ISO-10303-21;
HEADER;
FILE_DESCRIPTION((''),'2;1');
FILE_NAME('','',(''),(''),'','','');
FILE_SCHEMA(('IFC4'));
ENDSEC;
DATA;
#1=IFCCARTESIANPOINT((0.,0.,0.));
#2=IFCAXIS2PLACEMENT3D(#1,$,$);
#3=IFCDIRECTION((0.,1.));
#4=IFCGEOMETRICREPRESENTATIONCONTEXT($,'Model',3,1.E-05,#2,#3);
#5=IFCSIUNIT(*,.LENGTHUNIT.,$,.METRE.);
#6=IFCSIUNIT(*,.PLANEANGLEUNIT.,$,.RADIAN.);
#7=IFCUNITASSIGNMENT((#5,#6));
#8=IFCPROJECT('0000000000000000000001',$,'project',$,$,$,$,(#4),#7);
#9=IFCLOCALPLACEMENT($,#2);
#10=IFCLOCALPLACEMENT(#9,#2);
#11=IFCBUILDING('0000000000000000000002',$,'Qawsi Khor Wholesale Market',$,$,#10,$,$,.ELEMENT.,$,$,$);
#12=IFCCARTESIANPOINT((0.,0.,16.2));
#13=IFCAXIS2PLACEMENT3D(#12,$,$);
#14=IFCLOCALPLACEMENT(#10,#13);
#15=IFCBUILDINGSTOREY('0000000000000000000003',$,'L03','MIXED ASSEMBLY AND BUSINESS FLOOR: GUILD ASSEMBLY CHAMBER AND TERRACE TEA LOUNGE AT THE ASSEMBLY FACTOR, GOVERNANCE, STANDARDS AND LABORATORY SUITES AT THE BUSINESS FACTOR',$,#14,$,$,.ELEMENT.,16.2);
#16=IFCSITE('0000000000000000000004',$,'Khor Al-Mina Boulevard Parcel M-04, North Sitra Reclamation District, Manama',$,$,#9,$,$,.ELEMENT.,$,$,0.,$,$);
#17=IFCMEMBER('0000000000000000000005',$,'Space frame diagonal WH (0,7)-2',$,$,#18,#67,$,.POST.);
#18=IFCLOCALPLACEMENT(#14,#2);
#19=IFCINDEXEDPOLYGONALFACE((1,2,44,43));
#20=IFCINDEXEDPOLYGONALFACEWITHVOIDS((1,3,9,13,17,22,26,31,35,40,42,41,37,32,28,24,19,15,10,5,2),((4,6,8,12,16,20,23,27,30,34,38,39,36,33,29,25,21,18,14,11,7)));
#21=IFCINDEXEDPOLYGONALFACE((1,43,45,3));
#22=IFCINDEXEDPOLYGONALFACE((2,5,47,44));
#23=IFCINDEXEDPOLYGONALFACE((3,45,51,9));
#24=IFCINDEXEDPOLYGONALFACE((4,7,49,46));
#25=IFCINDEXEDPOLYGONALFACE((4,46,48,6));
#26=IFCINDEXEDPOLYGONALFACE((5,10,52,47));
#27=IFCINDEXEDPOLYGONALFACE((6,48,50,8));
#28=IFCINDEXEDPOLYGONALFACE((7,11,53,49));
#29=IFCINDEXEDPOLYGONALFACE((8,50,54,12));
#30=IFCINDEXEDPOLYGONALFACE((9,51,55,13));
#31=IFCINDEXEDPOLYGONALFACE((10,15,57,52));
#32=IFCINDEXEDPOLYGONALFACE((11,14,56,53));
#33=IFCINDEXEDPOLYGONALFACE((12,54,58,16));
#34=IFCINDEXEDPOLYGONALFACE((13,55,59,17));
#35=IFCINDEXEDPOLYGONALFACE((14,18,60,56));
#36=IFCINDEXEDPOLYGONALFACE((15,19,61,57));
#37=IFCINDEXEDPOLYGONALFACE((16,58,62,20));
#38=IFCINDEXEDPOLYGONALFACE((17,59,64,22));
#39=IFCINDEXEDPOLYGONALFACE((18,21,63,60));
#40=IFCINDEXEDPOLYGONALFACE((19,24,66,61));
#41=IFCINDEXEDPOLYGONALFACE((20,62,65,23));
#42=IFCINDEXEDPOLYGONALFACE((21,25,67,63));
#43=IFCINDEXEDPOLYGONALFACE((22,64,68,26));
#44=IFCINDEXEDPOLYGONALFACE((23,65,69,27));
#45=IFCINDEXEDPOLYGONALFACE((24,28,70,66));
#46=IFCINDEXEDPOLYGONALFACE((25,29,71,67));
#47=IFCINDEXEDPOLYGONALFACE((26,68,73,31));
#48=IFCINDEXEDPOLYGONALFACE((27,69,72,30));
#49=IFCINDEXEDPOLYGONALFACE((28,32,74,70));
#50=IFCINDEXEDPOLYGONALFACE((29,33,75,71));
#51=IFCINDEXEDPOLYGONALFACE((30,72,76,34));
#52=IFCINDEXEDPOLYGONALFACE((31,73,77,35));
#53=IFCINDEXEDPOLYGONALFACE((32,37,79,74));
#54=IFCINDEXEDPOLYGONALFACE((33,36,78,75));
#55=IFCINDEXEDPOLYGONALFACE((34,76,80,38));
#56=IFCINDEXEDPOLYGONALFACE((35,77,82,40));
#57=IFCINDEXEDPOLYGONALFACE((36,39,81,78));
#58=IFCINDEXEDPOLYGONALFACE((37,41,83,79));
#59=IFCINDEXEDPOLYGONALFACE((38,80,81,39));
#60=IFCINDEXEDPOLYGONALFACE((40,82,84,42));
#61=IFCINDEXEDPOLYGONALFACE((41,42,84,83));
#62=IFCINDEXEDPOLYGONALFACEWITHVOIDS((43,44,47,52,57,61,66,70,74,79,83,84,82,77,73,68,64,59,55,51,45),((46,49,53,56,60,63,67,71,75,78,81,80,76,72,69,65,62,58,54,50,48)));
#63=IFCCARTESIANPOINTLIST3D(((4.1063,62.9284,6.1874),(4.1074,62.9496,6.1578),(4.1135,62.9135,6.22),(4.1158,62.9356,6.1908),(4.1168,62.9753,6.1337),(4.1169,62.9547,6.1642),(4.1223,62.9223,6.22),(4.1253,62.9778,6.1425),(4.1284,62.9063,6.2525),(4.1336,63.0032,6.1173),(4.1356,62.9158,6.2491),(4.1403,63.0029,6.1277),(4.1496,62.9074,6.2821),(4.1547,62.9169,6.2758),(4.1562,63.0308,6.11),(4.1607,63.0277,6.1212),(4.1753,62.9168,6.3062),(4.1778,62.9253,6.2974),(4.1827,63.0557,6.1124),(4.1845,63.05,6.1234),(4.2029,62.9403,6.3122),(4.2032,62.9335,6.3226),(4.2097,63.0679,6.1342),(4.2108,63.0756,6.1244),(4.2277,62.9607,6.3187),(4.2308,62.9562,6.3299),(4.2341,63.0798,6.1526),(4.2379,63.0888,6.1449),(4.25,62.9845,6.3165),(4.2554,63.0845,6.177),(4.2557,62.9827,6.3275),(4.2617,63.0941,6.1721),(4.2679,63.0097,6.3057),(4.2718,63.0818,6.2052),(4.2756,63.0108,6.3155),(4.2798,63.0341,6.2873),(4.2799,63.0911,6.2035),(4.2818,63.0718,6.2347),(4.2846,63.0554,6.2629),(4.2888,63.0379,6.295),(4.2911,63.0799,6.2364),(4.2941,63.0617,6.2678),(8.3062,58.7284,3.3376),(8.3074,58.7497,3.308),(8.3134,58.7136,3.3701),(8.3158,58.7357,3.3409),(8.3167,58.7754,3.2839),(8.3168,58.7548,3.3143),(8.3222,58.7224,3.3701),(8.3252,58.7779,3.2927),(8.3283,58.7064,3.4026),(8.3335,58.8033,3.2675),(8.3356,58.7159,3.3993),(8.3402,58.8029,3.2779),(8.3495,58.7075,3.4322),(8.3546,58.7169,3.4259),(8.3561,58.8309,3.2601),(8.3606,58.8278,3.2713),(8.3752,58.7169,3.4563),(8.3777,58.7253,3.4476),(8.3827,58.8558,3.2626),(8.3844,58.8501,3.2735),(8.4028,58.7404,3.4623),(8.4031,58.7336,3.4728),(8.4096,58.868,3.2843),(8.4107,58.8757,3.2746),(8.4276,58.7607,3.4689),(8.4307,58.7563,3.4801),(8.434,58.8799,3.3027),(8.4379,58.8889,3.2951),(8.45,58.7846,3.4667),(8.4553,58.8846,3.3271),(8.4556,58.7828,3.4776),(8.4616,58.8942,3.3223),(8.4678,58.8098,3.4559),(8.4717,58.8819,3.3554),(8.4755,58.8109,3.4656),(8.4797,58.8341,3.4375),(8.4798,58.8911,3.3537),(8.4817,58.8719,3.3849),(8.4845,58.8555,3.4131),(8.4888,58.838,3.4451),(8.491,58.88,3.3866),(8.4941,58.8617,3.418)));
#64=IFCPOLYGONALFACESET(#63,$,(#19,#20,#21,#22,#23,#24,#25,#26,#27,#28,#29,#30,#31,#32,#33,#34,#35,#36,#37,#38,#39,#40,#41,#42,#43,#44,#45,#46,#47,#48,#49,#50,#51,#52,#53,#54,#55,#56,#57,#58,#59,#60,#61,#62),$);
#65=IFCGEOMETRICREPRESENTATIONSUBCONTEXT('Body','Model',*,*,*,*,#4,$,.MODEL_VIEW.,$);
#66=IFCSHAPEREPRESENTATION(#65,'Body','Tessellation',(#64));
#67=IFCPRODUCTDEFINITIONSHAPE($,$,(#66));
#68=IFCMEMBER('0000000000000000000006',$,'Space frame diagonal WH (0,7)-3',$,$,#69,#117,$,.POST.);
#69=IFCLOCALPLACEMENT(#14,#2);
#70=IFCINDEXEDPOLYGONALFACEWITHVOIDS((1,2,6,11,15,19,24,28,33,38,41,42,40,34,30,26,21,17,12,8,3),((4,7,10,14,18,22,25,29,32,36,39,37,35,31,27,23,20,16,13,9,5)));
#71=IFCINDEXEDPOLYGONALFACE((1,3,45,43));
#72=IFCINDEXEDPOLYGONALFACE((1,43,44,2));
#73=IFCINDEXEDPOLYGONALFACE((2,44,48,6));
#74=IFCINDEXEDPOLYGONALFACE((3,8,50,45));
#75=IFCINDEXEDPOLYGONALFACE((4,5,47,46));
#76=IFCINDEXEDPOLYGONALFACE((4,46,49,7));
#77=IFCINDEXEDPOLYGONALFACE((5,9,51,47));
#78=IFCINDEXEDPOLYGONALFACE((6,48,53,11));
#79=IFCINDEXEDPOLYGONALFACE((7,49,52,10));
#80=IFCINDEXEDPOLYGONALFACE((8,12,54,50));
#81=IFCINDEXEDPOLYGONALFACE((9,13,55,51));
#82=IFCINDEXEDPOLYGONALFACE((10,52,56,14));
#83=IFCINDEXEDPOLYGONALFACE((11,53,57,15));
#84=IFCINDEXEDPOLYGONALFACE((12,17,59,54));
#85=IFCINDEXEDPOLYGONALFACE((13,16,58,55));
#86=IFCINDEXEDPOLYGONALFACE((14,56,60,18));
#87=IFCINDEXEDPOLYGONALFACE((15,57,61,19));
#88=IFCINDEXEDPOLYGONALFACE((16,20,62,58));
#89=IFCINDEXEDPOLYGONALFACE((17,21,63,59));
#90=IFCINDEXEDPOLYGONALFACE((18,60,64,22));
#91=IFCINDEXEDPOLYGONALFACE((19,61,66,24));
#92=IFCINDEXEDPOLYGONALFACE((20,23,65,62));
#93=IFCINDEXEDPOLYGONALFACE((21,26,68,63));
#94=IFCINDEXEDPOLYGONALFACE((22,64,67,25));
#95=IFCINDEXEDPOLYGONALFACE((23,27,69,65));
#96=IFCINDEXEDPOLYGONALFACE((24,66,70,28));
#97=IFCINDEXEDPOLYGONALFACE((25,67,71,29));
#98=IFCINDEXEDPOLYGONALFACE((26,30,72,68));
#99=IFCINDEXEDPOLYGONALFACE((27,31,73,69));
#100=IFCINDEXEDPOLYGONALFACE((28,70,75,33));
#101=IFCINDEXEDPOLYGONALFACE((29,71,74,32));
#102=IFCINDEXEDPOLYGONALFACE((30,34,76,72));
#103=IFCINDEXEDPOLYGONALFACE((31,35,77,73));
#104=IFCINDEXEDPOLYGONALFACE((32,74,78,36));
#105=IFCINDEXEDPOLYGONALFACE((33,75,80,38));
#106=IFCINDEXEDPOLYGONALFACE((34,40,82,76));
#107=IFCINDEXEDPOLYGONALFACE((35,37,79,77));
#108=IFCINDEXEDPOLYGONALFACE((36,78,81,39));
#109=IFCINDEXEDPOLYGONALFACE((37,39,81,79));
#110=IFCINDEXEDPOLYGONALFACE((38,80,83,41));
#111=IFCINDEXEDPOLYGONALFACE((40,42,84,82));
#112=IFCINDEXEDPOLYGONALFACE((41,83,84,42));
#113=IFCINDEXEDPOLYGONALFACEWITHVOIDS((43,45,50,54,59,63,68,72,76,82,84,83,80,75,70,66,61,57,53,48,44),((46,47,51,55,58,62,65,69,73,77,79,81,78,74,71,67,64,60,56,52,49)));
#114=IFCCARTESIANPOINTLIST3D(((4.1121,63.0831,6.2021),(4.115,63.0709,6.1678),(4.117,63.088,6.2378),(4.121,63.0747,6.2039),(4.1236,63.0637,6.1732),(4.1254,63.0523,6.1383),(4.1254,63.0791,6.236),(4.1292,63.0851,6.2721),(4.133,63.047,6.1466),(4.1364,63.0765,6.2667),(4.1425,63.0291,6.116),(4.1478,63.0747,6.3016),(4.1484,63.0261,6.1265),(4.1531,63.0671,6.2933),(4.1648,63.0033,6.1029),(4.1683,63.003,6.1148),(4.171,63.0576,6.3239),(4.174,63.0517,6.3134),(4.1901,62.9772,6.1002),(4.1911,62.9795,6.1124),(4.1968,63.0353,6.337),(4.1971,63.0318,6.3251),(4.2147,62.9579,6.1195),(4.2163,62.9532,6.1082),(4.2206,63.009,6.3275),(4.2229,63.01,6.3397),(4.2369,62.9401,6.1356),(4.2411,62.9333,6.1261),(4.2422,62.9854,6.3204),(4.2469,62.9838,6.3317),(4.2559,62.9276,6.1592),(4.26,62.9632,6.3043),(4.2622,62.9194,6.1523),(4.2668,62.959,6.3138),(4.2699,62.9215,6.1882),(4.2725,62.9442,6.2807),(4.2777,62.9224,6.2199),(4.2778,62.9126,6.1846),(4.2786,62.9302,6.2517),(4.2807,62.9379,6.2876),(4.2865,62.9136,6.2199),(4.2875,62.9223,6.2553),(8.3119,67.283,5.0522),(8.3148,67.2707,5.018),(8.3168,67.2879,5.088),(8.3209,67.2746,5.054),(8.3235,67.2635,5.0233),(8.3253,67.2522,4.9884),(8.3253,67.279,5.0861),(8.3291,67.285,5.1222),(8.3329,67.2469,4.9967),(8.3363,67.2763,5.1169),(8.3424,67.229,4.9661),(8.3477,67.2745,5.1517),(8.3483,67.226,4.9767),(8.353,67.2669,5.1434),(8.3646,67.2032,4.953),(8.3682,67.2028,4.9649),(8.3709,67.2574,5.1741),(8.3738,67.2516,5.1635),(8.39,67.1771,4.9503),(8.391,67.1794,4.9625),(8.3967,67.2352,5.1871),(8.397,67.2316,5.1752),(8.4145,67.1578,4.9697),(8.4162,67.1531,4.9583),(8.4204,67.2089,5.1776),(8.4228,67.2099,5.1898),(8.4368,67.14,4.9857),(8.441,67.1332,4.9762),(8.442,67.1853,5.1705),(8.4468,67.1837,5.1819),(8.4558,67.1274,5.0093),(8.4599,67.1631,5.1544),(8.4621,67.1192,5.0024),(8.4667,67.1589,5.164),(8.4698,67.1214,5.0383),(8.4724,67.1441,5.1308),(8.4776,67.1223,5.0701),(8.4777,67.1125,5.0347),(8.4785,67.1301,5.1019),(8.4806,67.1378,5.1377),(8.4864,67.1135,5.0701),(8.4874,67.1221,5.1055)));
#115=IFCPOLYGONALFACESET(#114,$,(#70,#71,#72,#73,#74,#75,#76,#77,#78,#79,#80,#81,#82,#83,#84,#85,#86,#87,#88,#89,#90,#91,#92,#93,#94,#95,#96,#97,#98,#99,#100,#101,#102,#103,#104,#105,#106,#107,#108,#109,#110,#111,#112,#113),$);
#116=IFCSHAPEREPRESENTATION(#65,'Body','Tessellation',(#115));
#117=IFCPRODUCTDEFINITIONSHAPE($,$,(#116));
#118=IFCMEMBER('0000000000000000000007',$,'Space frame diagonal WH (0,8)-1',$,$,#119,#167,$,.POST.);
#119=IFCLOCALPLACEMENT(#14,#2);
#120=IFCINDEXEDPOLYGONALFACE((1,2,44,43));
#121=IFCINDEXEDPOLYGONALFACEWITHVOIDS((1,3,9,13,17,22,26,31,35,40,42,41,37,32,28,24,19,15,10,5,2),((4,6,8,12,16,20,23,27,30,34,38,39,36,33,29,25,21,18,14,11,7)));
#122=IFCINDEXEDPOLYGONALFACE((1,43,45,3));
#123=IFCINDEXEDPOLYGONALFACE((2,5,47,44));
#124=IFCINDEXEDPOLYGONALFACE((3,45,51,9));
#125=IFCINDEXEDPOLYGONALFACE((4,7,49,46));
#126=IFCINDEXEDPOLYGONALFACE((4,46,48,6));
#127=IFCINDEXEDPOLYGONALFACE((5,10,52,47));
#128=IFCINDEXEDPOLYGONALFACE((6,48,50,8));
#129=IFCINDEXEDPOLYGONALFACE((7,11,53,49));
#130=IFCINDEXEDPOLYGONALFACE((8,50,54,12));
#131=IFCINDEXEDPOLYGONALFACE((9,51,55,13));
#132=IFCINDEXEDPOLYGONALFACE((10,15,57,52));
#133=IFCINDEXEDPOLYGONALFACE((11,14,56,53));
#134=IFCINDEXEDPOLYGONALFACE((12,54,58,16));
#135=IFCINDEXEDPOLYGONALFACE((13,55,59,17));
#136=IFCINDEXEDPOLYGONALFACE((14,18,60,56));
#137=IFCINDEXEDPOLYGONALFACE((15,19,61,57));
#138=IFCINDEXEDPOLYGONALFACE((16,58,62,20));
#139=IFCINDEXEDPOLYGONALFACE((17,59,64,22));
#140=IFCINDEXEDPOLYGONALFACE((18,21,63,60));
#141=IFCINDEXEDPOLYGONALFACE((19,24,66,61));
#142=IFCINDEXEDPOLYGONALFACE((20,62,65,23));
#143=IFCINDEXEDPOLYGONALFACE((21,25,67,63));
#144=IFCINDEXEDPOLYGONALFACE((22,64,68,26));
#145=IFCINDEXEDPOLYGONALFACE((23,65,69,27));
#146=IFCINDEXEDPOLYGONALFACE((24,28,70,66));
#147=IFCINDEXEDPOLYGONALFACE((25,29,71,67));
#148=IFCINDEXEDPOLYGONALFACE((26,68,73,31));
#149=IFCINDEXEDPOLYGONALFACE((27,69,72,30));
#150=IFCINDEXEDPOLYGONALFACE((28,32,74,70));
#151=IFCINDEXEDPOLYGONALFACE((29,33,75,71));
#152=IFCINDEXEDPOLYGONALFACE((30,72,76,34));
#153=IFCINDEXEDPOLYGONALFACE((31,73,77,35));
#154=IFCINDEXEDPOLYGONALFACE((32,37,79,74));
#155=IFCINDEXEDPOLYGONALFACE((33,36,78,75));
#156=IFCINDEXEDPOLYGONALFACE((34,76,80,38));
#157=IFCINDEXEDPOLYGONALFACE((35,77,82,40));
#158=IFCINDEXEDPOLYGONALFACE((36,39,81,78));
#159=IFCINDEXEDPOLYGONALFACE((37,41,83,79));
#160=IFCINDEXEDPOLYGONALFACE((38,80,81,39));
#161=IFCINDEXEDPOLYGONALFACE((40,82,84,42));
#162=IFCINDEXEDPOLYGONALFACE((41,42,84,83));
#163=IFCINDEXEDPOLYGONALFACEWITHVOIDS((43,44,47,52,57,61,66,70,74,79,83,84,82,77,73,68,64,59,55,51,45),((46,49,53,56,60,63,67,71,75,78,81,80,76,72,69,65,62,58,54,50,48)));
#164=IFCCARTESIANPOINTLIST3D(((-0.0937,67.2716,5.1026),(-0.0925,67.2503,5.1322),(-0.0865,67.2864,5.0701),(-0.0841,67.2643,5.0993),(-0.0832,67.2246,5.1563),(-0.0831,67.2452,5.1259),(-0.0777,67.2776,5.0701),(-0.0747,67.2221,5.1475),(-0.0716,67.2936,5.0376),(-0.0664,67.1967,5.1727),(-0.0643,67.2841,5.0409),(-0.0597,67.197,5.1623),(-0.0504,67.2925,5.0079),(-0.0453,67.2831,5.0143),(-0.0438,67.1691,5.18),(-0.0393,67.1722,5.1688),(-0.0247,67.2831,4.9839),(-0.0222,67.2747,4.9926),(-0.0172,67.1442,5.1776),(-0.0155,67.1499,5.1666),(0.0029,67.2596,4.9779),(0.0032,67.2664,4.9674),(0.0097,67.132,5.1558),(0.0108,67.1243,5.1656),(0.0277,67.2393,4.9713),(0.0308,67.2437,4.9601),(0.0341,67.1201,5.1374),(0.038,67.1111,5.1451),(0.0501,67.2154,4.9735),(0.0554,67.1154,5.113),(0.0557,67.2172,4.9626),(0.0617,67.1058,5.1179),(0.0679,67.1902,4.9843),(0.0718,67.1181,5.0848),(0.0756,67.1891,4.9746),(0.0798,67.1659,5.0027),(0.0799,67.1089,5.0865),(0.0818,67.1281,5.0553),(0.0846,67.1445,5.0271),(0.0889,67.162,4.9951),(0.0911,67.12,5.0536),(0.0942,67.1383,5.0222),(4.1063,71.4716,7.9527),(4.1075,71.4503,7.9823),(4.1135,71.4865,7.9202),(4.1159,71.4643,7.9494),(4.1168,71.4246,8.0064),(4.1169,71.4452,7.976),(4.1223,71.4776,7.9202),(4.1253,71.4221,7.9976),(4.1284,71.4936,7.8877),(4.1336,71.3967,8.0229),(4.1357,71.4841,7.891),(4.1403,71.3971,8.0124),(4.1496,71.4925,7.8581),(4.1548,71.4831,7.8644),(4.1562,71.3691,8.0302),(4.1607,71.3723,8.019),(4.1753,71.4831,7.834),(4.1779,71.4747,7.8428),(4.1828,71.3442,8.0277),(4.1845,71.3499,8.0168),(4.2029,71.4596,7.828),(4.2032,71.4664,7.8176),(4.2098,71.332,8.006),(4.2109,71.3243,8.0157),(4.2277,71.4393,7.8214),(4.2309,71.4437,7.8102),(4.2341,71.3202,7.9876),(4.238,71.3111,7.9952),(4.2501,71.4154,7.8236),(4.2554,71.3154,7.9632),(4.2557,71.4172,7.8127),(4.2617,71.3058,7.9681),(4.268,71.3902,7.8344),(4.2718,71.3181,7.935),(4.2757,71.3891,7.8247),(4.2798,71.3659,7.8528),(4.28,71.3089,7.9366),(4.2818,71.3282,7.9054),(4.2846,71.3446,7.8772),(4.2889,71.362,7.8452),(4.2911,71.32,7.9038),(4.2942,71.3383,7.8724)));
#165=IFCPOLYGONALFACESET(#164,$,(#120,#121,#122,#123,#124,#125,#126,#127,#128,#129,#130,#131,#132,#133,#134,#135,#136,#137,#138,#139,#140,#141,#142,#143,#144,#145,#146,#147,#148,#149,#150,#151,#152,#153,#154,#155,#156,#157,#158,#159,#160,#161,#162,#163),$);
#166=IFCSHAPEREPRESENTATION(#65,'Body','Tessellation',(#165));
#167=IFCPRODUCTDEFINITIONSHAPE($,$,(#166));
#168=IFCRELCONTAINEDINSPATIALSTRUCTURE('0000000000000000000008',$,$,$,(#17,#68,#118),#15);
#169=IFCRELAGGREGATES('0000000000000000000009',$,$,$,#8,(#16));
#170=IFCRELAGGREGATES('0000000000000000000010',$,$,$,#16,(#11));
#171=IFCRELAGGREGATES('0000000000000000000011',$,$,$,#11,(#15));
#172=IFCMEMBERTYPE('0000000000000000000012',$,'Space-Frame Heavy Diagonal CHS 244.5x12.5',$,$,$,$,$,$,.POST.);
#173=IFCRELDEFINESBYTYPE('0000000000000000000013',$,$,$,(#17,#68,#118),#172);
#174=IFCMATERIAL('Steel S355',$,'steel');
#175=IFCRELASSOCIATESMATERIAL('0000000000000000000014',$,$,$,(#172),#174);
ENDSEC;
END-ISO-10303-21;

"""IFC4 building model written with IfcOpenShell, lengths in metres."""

from ifc_helpers import new_model, si_unit, direction, frame, origin, origin_2d, place, context, subcontext, project, spatial, hollow_circle, extrude, material, material_profile, profile_set, type_object, element, save


model = new_model("IFC4")

# Units and contexts
model_context = context("Model", 3, precision=1e-05, world=origin(), true_north=direction((0.0, 1.0)))
body_context = subcontext(model_context, "Body", "Model", "MODEL_VIEW")
ifc_project = project(units=[si_unit("LENGTHUNIT", "METRE"), si_unit("PLANEANGLEUNIT", "RADIAN")], contexts=[model_context])

# Site, building, storey
site_placement = place(None, origin())
site = spatial("IfcSite", under=ifc_project, at=site_placement, Name="Khor Al-Mina Boulevard Parcel M-04, North Sitra Reclamation District, Manama", CompositionType="ELEMENT", RefElevation=0.0)
building_placement = place(site_placement, origin())
building = spatial("IfcBuilding", under=site, at=building_placement, Name="Qawsi Khor Wholesale Market", CompositionType="ELEMENT")
storey_placement = place(building_placement, frame((0.0, 0.0, 16.2)))
storey = spatial("IfcBuildingStorey", under=building, at=storey_placement, Name="L03", Description="MIXED ASSEMBLY AND BUSINESS FLOOR: GUILD ASSEMBLY CHAMBER AND TERRACE TEA LOUNGE AT THE ASSEMBLY FACTOR, GOVERNANCE, STANDARDS AND LABORATORY SUITES AT THE BUSINESS FACTOR", CompositionType="ELEMENT", Elevation=16.2)

# Members
ifc_material_1 = material(Name="Steel S355", Category="steel")
ifc_material_profile_1 = material_profile(ifc_material_1, hollow_circle(Radius=0.1223, WallThickness=0.0125, at=origin_2d()), Name="CHS 244.5x12.5")
ifc_profile_set_1 = profile_set([ifc_material_profile_1], Name="Steel S355")
member_type_1 = type_object("IfcMemberType", Name="Space-Frame Heavy Diagonal CHS 244.5x12.5", PredefinedType="POST", material=ifc_profile_set_1)
member_1_placement = place(storey_placement, frame((8.3999, 58.8, 3.3701), z_axis=(-0.637522, 0.637522, 0.432587), x_axis=(-0.707107, -0.707107, 0.0)))
element("IfcMember", 1, at=member_1_placement, inside=storey, type_object=member_type_1, Name="Space frame diagonal WH (0,7)-2", PredefinedType="POST", context=body_context, shape_type="SweptSolid", body=[
    extrude(hollow_circle(Radius=0.1223, WallThickness=0.0125, at=origin_2d()), origin(), (0.0, 0.0, 1.0), 6.5879),
])
member_2_placement = place(storey_placement, frame((8.3999, 67.2, 5.0701), z_axis=(-0.694217, -0.694217, 0.190069), x_axis=(0.707107, -0.707107, 0.0)))
element("IfcMember", 2, at=member_2_placement, inside=storey, type_object=member_type_1, Name="Space frame diagonal WH (0,7)-3", PredefinedType="POST", context=body_context, shape_type="SweptSolid", body=[
    extrude(hollow_circle(Radius=0.1223, WallThickness=0.0125, at=origin_2d()), origin(), (0.0, 0.0, 1.0), 6.0498),
])
for number, where, z_axis, x_axis, name in (
    (3, (0.0, 67.2, 5.0701), (0.637512, 0.637512, 0.432617), (-0.707107, 0.707107, 0.0), "Space frame diagonal WH (0,8)-1"),
):
    element("IfcMember", number, at=place(storey_placement, frame(where, z_axis=z_axis, x_axis=x_axis)), inside=storey, type_object=member_type_1, Name=name, PredefinedType="POST", context=body_context, shape_type="SweptSolid", body=[
        extrude(hollow_circle(Radius=0.1223, WallThickness=0.0125, at=origin_2d()), origin(), (0.0, 0.0, 1.0), 6.5881),
    ])

save(model, "model.ifc")
